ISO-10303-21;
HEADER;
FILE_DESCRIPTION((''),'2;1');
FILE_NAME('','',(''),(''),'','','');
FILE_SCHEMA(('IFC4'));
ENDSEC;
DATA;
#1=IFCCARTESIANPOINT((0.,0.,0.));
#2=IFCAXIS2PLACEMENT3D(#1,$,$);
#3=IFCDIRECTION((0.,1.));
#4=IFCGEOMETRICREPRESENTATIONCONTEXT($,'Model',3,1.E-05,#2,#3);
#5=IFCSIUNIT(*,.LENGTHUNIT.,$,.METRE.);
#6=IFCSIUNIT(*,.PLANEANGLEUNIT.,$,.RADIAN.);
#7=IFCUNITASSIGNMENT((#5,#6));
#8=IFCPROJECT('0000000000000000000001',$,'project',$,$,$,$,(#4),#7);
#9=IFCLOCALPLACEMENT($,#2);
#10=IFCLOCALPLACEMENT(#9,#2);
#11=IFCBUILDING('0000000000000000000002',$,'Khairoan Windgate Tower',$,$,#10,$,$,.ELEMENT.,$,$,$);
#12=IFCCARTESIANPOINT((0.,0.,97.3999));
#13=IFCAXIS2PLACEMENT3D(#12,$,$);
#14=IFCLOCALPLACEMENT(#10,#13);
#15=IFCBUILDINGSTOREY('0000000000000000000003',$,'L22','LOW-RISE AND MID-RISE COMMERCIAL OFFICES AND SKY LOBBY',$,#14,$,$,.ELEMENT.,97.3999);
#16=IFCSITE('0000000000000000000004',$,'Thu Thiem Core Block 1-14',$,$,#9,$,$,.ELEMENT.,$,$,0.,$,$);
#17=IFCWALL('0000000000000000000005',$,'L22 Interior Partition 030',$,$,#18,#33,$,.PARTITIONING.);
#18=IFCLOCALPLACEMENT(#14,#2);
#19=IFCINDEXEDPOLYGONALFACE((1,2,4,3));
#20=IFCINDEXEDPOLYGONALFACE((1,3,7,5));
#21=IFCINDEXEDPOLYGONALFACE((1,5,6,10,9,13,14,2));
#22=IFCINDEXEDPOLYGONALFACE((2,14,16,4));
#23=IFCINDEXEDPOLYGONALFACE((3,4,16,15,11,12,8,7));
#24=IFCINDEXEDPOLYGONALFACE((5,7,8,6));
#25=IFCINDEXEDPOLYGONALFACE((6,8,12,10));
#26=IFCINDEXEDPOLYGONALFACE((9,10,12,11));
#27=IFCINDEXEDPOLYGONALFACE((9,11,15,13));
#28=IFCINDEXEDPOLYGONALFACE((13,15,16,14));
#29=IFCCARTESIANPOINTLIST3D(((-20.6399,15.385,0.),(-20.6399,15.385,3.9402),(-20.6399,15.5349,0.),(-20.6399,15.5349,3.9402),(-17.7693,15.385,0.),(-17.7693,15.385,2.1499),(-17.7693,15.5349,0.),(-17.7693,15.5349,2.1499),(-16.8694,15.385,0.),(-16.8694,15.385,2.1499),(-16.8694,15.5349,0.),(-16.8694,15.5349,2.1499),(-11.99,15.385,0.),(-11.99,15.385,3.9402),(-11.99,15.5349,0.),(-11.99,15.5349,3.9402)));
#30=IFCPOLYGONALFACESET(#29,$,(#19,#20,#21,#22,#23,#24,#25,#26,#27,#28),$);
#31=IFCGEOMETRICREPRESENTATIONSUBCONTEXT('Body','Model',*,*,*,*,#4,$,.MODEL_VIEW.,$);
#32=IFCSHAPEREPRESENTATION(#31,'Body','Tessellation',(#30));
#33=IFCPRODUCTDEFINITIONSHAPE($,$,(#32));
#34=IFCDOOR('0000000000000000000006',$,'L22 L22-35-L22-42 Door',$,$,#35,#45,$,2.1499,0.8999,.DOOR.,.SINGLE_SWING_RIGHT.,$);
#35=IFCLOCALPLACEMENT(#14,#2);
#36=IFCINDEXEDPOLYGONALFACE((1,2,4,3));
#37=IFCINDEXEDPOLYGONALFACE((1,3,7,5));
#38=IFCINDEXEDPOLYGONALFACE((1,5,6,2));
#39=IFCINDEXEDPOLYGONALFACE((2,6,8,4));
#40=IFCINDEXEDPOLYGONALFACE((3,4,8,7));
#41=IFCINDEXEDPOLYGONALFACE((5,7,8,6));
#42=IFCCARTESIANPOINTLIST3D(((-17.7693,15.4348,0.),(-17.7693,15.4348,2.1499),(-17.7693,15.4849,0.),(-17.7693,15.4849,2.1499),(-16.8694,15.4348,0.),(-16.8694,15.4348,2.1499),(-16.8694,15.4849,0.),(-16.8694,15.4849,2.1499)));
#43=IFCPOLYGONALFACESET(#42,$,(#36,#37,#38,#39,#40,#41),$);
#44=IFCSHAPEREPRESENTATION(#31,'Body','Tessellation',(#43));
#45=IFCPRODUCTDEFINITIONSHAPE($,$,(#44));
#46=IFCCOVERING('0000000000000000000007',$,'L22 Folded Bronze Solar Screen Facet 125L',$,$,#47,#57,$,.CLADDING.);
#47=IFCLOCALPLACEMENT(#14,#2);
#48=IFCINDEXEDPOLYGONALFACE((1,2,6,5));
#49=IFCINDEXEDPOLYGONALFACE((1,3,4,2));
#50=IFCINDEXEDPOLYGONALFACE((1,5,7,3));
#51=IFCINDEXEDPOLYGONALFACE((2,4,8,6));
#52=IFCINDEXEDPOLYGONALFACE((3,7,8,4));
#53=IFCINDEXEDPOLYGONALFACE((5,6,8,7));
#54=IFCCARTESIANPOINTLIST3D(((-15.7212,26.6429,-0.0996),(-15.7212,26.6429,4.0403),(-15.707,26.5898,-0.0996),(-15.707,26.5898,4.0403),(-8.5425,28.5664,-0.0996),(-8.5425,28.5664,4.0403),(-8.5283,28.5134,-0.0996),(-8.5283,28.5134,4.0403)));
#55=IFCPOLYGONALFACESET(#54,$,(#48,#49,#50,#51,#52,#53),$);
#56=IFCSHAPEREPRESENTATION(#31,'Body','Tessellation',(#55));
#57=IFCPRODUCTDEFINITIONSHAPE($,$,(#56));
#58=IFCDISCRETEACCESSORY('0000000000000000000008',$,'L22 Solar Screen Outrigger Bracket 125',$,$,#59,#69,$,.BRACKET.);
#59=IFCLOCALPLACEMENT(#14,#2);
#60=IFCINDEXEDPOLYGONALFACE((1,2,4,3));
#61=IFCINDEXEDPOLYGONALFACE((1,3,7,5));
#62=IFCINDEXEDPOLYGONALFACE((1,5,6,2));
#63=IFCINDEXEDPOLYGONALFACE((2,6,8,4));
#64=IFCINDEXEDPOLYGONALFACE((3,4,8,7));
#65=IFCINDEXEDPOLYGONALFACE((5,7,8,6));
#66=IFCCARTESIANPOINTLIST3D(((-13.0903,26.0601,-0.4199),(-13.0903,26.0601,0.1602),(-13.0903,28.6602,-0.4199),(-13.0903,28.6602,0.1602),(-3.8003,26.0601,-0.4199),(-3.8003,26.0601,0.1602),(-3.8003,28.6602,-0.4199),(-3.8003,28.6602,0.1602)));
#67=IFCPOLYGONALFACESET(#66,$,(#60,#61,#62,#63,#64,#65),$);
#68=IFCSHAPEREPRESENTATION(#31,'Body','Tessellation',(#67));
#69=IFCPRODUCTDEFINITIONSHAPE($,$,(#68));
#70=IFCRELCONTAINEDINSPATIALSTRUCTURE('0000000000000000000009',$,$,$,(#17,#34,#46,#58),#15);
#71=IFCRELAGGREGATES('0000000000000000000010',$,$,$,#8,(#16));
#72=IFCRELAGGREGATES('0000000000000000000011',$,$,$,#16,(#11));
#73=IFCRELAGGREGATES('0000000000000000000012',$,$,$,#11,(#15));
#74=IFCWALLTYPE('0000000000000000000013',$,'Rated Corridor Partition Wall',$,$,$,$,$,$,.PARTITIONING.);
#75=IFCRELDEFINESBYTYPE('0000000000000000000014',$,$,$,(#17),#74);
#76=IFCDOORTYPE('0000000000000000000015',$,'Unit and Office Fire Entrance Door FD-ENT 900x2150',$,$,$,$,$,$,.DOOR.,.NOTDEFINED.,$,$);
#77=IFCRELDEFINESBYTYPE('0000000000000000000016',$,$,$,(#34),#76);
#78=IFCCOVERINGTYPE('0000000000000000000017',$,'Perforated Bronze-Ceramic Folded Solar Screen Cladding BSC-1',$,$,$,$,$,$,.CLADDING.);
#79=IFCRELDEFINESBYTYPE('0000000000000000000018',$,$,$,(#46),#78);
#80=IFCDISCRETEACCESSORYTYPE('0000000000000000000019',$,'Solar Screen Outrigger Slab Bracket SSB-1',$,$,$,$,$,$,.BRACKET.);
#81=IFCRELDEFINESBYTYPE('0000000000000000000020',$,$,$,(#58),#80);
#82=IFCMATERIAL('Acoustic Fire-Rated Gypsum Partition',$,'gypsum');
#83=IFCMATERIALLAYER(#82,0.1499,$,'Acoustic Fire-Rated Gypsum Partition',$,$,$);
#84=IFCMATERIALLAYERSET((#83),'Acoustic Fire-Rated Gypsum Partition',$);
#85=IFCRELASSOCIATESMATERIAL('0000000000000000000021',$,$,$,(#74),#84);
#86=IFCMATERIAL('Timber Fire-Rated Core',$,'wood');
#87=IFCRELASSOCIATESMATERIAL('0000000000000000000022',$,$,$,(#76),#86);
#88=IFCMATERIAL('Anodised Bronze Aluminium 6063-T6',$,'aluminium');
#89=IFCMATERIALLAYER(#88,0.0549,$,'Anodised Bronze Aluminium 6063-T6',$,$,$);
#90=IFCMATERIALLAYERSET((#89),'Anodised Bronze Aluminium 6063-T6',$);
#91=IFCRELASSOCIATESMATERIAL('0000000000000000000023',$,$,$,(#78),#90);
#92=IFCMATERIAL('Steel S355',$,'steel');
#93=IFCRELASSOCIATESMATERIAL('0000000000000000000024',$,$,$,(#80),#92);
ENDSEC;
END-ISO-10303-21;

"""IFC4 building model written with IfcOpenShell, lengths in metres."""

from ifc_helpers import new_model, si_unit, direction, frame, frame_2d, origin, origin_2d, place, context, subcontext, project, spatial, rectangle, extrude, material, layer, layer_set, type_object, element, fill, save


model = new_model("IFC4")

# Units and contexts
model_context = context("Model", 3, precision=1e-05, world=origin(), true_north=direction((0.0, 1.0)))
body_context = subcontext(model_context, "Body", "Model", "MODEL_VIEW")
ifc_project = project(units=[si_unit("LENGTHUNIT", "METRE"), si_unit("PLANEANGLEUNIT", "RADIAN")], contexts=[model_context])

# Site, building, storey
site_placement = place(None, origin())
site = spatial("IfcSite", under=ifc_project, at=site_placement, Name="Thu Thiem Core Block 1-14", CompositionType="ELEMENT", RefElevation=0.0)
building_placement = place(site_placement, origin())
building = spatial("IfcBuilding", under=site, at=building_placement, Name="Khairoan Windgate Tower", CompositionType="ELEMENT")
storey_placement = place(building_placement, frame((0.0, 0.0, 97.3999)))
storey = spatial("IfcBuildingStorey", under=building, at=storey_placement, Name="L22", Description="LOW-RISE AND MID-RISE COMMERCIAL OFFICES AND SKY LOBBY", CompositionType="ELEMENT", Elevation=97.3999)

# Wall, opening, door
ifc_material_1 = material(Name="Acoustic Fire-Rated Gypsum Partition", Category="gypsum")
ifc_layer_1 = layer(ifc_material_1, 0.1499, Name="Acoustic Fire-Rated Gypsum Partition")
ifc_layer_set_1 = layer_set([ifc_layer_1], Name="Acoustic Fire-Rated Gypsum Partition")
wall_type_1 = type_object("IfcWallType", Name="Rated Corridor Partition Wall", PredefinedType="PARTITIONING", material=ifc_layer_set_1)
ifc_material_2 = material(Name="Timber Fire-Rated Core", Category="wood")
door_type = type_object("IfcDoorType", Name="Unit and Office Fire Entrance Door FD-ENT 900x2150", OperationType="NOTDEFINED", PredefinedType="DOOR", material=ifc_material_2)
wall_1_placement = place(storey_placement, frame((-20.6399, 15.46, 0.0), z_axis=(0.0, 0.0, 1.0), x_axis=(1.0, 0.0, 0.0)))
wall_1 = element("IfcWall", 1, at=wall_1_placement, inside=storey, type_object=wall_type_1, Name="L22 Interior Partition 030", PredefinedType="PARTITIONING", context=body_context, shape_type="SweptSolid", body=[
    extrude(rectangle(XDim=8.6499, YDim=0.1499, at=frame_2d((4.325, 0.0))), origin(), (0.0, 0.0, 1.0), 3.9402),
])
opening_1_placement = place(wall_1_placement, frame((2.8706, 0.0, 0.0)))
opening_1 = element("IfcOpeningElement", 2, at=opening_1_placement, cuts=wall_1, PredefinedType="OPENING", context=body_context, shape_type="SweptSolid", body=[
    extrude(rectangle(XDim=0.8999, YDim=2.1499, at=frame_2d((0.45, 1.075))), frame((0.0, 0.085, 0.0), z_axis=(0.0, -1.0, 0.0), x_axis=(1.0, 0.0, 0.0)), (0.0, 0.0, 1.0), 0.1699),
])
door_1_placement = place(opening_1_placement, origin())
door_1 = element("IfcDoor", 3, at=door_1_placement, inside=storey, type_object=door_type, Name="L22 L22-35-L22-42 Door", OperationType="SINGLE_SWING_RIGHT", OverallHeight=2.1499, OverallWidth=0.8999, PredefinedType="DOOR", context=body_context, shape_type="SweptSolid", body=[
    extrude(rectangle(XDim=0.8999, YDim=2.1499, at=frame_2d((0.45, 1.075))), frame((0.0, 0.0249, 0.0), z_axis=(0.0, -1.0, 0.0), x_axis=(1.0, 0.0, 0.0)), (0.0, 0.0, 1.0), 0.05),
])
fill(opening_1, door_1)

# Covering
ifc_material_3 = material(Name="Anodised Bronze Aluminium 6063-T6", Category="aluminium")
ifc_layer_2 = layer(ifc_material_3, 0.0549, Name="Anodised Bronze Aluminium 6063-T6")
ifc_layer_set_2 = layer_set([ifc_layer_2], Name="Anodised Bronze Aluminium 6063-T6")
covering_type = type_object("IfcCoveringType", Name="Perforated Bronze-Ceramic Folded Solar Screen Cladding BSC-1", PredefinedType="CLADDING", material=ifc_layer_set_2)
covering_placement = place(storey_placement, frame((-12.1248, 27.5781, -0.0996), z_axis=(0.0, 0.0, 1.0), x_axis=(0.965926, 0.258819, 0.0)))
element("IfcCovering", 4, at=covering_placement, inside=storey, type_object=covering_type, Name="L22 Folded Bronze Solar Screen Facet 125L", PredefinedType="CLADDING", context=body_context, shape_type="SweptSolid", body=[
    extrude(rectangle(XDim=7.4319, YDim=0.0549, at=origin_2d()), origin(), (0.0, 0.0, 1.0), 4.1399),
])

# Discrete accessory
ifc_material_4 = material(Name="Steel S355", Category="steel")
discrete_accessory_type = type_object("IfcDiscreteAccessoryType", Name="Solar Screen Outrigger Slab Bracket SSB-1", PredefinedType="BRACKET", material=ifc_material_4)
discrete_accessory_placement = place(storey_placement, frame((-8.4453, 27.3601, -0.4199), z_axis=(0.0, 0.0, 1.0), x_axis=(1.0, 0.0, 0.0)))
element("IfcDiscreteAccessory", 5, at=discrete_accessory_placement, inside=storey, type_object=discrete_accessory_type, Name="L22 Solar Screen Outrigger Bracket 125", PredefinedType="BRACKET", context=body_context, shape_type="SweptSolid", body=[
    extrude(rectangle(XDim=9.29, YDim=2.6001, at=origin_2d()), origin(), (0.0, 0.0, 1.0), 0.5801),
])

save(model, "model.ifc")
